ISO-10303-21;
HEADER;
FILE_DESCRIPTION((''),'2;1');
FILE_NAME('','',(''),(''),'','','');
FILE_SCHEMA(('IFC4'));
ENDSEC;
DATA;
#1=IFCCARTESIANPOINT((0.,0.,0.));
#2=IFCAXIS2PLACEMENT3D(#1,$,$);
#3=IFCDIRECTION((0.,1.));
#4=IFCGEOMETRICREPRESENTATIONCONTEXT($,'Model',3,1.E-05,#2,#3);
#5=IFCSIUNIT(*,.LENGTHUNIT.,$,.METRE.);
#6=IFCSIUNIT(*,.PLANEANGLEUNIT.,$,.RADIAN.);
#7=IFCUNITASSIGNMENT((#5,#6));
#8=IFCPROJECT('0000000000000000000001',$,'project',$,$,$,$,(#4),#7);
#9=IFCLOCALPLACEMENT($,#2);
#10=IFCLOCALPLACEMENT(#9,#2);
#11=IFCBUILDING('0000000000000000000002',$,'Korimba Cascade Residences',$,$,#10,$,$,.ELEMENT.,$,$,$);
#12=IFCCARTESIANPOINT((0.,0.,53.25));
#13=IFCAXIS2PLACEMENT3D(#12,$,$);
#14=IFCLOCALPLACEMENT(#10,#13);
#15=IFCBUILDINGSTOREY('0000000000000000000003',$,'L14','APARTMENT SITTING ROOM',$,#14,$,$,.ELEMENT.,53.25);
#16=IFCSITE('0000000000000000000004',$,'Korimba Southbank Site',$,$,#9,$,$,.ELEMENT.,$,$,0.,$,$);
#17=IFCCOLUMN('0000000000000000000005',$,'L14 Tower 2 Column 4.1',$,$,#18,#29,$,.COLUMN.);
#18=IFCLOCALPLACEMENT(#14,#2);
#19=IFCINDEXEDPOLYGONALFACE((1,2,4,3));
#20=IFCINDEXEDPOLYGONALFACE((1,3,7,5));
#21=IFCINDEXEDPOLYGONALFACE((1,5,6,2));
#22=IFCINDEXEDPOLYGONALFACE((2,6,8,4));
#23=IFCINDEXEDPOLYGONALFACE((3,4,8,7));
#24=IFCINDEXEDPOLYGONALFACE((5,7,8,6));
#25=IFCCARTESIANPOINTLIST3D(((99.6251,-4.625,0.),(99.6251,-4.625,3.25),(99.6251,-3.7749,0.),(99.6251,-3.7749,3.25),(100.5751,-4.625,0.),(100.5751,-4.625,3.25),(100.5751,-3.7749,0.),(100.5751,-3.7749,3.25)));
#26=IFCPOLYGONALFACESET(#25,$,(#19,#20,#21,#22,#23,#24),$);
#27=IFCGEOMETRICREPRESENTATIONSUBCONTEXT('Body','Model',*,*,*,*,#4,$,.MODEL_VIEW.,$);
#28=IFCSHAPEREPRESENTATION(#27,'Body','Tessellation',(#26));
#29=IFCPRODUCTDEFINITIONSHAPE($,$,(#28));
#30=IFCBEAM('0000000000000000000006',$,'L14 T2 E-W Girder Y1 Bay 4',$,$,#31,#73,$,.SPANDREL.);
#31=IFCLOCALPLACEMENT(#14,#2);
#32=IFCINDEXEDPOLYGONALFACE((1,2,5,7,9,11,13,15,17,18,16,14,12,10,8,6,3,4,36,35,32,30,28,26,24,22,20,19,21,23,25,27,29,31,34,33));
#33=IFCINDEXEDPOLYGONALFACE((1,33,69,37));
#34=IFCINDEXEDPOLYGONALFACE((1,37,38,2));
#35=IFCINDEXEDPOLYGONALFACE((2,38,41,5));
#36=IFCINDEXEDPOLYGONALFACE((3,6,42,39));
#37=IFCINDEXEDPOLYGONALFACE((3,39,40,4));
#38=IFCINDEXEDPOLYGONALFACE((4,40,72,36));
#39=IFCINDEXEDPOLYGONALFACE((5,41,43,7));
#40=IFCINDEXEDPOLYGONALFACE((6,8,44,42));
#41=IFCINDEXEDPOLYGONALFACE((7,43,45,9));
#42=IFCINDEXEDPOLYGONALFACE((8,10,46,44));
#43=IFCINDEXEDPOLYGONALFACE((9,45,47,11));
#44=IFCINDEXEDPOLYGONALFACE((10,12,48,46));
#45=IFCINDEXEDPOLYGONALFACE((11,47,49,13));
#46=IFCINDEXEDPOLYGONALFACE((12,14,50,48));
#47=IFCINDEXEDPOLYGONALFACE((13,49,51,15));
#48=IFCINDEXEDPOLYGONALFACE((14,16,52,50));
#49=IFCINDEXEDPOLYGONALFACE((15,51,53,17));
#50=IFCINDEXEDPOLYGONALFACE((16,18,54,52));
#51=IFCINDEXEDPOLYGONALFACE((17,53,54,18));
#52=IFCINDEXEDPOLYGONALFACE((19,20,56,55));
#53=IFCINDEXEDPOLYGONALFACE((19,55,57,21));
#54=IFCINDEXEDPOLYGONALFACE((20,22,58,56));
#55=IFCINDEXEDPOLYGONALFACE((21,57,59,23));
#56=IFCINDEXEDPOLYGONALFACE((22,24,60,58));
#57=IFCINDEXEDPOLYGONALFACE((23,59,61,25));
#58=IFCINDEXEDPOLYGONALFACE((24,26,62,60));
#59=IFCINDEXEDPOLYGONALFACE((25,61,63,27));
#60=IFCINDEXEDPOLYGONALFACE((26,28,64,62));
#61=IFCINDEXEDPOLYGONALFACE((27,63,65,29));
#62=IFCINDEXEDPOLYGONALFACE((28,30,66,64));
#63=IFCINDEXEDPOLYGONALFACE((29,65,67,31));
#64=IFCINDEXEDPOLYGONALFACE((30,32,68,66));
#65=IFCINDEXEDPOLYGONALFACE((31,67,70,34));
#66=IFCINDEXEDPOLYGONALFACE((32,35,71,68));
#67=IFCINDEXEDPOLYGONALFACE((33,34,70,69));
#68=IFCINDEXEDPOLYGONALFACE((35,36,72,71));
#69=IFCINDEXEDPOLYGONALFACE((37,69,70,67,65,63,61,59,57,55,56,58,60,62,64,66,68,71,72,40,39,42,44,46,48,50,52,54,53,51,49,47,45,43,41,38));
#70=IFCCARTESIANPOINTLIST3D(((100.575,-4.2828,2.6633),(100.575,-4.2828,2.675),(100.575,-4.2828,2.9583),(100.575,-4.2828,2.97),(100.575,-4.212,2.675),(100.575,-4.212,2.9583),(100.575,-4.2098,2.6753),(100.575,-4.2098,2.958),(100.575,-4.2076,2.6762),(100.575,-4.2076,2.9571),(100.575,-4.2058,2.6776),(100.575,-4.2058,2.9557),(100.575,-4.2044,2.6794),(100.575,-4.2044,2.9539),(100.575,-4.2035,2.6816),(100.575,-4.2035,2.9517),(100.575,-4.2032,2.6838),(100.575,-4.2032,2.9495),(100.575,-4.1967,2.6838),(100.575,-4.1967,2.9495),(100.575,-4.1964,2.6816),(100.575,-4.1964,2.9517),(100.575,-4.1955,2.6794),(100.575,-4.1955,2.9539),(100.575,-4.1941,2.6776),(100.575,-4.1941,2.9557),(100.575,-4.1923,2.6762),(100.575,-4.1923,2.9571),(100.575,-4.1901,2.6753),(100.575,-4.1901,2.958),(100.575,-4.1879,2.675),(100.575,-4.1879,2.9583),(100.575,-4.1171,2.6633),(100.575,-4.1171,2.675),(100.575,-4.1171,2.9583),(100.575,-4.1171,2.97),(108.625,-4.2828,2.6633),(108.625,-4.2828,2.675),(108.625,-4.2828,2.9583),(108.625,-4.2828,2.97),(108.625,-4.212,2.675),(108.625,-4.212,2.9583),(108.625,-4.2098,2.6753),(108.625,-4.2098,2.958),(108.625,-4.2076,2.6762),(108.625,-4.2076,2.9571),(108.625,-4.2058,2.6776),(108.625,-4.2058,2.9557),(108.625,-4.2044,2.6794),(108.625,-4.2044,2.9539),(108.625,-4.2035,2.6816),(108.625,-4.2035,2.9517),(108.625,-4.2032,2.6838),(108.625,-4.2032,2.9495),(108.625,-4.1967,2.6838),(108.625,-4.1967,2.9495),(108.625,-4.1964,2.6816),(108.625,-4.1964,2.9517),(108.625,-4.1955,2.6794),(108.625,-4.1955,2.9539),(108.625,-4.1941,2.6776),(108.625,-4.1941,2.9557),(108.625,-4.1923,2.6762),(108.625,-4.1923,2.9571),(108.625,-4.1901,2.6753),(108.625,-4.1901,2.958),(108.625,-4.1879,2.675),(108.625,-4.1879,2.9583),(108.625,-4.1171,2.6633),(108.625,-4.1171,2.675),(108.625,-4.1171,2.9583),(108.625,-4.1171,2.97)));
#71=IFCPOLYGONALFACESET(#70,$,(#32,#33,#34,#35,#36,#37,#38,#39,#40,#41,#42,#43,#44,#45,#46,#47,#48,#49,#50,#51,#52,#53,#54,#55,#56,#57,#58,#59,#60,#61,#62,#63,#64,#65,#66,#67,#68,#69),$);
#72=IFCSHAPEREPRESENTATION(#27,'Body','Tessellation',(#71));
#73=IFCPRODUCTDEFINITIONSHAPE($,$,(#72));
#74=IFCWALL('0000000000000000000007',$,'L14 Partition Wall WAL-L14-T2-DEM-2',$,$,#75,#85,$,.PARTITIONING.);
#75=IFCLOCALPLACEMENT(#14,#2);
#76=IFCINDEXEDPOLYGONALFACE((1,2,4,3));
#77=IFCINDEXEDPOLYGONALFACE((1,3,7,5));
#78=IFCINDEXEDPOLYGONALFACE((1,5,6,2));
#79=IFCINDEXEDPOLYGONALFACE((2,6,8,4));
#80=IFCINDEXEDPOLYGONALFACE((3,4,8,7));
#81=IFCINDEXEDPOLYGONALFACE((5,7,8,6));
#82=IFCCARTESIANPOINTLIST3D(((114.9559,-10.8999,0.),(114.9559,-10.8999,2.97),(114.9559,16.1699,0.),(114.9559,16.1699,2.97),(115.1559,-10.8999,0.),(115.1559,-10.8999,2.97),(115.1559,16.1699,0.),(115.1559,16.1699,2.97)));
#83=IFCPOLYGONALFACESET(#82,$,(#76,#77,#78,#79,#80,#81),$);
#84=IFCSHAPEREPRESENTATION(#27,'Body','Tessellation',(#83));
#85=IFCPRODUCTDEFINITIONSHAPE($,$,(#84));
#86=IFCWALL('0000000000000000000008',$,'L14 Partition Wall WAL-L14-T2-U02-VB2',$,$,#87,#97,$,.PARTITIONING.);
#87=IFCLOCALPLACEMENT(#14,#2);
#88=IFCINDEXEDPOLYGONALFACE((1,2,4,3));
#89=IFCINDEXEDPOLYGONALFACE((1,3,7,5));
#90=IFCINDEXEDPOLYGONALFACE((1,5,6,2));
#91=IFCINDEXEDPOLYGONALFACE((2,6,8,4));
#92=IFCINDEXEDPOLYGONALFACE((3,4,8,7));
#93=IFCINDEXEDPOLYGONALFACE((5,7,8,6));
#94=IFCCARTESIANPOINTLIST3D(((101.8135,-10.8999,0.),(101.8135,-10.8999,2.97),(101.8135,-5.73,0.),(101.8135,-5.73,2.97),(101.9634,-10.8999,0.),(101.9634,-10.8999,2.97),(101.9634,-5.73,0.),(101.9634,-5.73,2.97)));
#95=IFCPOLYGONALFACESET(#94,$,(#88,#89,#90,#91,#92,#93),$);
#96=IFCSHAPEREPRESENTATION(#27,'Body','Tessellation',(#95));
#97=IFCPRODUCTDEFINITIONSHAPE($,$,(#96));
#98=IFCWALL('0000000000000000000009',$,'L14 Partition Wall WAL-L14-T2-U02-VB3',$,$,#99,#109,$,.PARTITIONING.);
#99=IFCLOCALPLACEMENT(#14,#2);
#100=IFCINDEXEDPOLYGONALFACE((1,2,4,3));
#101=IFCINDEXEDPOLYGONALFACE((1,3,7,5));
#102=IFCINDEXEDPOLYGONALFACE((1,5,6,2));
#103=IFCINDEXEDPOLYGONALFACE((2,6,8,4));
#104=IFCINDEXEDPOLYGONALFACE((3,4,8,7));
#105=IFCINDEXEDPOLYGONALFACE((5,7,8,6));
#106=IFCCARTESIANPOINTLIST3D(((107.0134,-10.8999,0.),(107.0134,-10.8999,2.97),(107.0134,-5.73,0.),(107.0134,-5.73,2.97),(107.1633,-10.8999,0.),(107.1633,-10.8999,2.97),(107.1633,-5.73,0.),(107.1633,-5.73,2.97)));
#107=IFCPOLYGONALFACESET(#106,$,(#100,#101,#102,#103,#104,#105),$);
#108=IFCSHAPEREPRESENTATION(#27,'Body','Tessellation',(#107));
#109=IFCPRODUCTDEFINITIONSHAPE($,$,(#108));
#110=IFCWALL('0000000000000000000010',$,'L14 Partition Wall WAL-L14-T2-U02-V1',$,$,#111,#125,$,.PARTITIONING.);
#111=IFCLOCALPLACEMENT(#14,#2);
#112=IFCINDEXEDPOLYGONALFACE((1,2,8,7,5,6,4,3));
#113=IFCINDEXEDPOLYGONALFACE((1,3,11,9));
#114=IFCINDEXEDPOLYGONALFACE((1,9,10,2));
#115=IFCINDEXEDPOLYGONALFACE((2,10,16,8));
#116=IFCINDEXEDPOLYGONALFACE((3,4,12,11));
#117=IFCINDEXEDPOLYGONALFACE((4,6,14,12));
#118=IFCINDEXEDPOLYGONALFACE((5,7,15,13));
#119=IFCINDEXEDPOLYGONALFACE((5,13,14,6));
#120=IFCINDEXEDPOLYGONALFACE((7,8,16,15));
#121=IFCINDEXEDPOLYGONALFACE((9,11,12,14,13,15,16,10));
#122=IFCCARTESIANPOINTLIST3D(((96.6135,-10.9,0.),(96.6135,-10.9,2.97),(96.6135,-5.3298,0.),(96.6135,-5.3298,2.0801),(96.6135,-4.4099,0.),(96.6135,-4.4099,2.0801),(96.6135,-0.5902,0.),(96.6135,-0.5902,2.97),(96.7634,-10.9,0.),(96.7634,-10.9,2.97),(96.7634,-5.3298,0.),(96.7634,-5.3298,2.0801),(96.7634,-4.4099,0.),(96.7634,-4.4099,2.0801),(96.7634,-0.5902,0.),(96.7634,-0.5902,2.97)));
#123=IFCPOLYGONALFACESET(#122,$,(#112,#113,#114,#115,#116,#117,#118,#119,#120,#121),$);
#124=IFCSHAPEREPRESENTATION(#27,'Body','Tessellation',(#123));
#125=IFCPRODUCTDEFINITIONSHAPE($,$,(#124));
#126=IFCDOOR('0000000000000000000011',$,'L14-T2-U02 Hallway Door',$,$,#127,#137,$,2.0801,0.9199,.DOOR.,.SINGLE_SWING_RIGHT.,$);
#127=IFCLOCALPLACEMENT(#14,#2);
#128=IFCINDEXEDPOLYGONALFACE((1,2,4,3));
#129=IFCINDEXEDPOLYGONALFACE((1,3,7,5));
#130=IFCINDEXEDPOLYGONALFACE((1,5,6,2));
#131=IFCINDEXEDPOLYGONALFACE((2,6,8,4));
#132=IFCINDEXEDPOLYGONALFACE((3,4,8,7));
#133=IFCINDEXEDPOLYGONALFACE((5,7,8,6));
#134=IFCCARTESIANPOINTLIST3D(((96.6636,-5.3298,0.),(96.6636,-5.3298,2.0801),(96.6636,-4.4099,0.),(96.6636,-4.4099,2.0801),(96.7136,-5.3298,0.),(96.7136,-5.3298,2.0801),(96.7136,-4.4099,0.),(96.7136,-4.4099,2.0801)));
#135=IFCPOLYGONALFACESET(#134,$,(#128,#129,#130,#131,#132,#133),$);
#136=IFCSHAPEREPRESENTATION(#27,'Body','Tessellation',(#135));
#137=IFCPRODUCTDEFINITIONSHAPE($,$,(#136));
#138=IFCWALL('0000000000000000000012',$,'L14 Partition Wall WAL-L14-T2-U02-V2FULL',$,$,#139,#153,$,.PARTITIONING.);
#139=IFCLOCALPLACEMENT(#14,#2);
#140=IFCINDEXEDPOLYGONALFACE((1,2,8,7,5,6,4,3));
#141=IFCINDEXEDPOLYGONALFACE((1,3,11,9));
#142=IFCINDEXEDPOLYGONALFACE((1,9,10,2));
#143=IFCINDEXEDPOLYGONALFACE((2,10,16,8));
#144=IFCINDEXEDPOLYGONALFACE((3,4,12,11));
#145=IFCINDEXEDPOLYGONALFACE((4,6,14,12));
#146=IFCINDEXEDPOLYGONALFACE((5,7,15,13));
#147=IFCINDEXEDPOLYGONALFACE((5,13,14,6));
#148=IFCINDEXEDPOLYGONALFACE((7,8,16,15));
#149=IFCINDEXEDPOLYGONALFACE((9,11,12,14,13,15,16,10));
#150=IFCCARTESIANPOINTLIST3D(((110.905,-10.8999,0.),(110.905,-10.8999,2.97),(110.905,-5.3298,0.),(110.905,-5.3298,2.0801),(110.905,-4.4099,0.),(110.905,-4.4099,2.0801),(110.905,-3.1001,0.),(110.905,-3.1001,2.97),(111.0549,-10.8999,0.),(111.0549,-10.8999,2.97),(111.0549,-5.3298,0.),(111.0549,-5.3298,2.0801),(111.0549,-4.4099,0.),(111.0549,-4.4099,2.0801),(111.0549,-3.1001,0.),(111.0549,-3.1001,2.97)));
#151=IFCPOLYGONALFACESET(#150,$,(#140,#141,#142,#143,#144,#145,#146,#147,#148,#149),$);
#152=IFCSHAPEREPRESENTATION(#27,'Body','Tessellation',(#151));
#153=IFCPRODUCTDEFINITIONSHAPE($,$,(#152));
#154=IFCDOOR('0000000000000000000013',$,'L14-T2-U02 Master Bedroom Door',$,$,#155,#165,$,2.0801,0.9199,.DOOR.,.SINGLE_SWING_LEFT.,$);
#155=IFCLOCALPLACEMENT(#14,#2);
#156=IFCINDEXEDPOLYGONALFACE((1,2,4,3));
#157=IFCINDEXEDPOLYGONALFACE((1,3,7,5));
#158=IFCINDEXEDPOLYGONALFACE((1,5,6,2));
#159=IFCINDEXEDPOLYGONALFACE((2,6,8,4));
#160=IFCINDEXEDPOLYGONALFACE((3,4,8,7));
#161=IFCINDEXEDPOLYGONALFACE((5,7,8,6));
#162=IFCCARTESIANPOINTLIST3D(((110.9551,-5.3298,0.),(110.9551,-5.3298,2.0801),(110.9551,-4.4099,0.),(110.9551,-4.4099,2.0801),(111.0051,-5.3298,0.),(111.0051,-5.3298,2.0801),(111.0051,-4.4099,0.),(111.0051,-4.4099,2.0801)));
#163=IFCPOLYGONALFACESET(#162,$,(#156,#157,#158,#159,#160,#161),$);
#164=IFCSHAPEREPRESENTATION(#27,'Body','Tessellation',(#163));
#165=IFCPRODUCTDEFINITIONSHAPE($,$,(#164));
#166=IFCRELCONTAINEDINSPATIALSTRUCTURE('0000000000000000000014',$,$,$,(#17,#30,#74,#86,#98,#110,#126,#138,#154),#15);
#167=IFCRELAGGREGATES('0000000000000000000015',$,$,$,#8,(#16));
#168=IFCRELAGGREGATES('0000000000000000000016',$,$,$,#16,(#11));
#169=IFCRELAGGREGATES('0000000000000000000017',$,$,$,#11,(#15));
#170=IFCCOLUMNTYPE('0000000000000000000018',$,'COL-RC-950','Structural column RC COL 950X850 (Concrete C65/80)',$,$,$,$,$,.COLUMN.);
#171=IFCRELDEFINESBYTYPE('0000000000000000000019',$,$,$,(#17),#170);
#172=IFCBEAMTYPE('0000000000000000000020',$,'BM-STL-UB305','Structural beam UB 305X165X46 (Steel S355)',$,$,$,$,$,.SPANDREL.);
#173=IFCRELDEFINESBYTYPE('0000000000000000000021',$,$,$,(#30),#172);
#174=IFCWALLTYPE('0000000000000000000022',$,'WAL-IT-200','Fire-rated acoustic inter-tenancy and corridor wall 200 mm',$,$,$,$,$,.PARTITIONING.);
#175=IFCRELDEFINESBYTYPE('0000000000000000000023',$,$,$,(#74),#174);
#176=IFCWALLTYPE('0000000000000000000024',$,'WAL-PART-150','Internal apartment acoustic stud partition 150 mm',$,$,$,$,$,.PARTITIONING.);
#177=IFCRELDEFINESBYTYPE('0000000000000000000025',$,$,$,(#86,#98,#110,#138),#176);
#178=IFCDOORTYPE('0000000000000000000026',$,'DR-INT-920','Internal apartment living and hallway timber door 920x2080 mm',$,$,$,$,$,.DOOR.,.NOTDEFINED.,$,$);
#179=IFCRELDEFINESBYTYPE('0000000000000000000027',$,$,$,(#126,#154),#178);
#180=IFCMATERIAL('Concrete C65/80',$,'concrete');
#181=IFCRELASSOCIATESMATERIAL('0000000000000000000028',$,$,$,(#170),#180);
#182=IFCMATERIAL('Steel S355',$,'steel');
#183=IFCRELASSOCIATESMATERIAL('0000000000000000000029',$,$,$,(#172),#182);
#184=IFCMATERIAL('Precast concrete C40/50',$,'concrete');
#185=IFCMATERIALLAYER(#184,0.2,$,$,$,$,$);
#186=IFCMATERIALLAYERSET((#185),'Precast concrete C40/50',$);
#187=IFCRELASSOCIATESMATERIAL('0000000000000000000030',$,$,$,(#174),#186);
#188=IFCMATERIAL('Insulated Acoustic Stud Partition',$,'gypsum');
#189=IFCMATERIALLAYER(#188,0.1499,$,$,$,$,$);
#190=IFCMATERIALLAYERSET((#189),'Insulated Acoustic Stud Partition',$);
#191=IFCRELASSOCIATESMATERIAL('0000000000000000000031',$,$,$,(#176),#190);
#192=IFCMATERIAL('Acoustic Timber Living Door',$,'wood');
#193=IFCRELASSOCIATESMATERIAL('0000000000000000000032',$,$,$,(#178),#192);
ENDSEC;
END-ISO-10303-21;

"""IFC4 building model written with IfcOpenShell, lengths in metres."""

from ifc_helpers import new_model, si_unit, direction, frame, frame_2d, origin, origin_2d, place, context, subcontext, project, spatial, rectangle, i_section, extrude, material, layer, layer_set, material_profile, profile_set, type_object, element, fill, save


model = new_model("IFC4")

# Units and contexts
model_context = context("Model", 3, precision=1e-05, world=origin(), true_north=direction((0.0, 1.0)))
body_context = subcontext(model_context, "Body", "Model", "MODEL_VIEW")
ifc_project = project(units=[si_unit("LENGTHUNIT", "METRE"), si_unit("PLANEANGLEUNIT", "RADIAN")], contexts=[model_context])

# Site, building, storey
site_placement = place(None, origin())
site = spatial("IfcSite", under=ifc_project, at=site_placement, Name="Korimba Southbank Site", CompositionType="ELEMENT", RefElevation=0.0)
building_placement = place(site_placement, origin())
building = spatial("IfcBuilding", under=site, at=building_placement, Name="Korimba Cascade Residences", CompositionType="ELEMENT")
storey_placement = place(building_placement, frame((0.0, 0.0, 53.25)))
storey = spatial("IfcBuildingStorey", under=building, at=storey_placement, Name="L14", Description="APARTMENT SITTING ROOM", CompositionType="ELEMENT", Elevation=53.25)

# Column
ifc_material_1 = material(Name="Concrete C65/80", Category="concrete")
ifc_material_profile_1 = material_profile(ifc_material_1, rectangle(XDim=0.95, YDim=0.8501, at=origin_2d()), Name="Concrete C65/80")
ifc_profile_set_1 = profile_set([ifc_material_profile_1], Name="Concrete C65/80")
column_type = type_object("IfcColumnType", Name="COL-RC-950", Description="Structural column RC COL 950X850 (Concrete C65/80)", PredefinedType="COLUMN", material=ifc_profile_set_1)
column_placement = place(storey_placement, frame((100.1001, -4.2, 0.0), z_axis=(0.0, 0.0, 1.0), x_axis=(1.0, 0.0, 0.0)))
element("IfcColumn", 1, at=column_placement, inside=storey, type_object=column_type, Name="L14 Tower 2 Column 4.1", PredefinedType="COLUMN", context=body_context, shape_type="SweptSolid", body=[
    extrude(rectangle(XDim=0.95, YDim=0.8501, at=origin_2d()), origin(), (0.0, 0.0, 1.0), 3.25),
])

# Beam
ifc_material_2 = material(Name="Steel S355", Category="steel")
ifc_material_profile_2 = material_profile(ifc_material_2, i_section(OverallWidth=0.1658, OverallDepth=0.3066, WebThickness=0.0066, FlangeThickness=0.0117, FilletRadius=0.0088, at=origin_2d()), Name="Steel S355")
ifc_profile_set_2 = profile_set([ifc_material_profile_2], Name="Steel S355")
beam_type = type_object("IfcBeamType", Name="BM-STL-UB305", Description="Structural beam UB 305X165X46 (Steel S355)", PredefinedType="SPANDREL", material=ifc_profile_set_2)
beam_placement = place(storey_placement, frame((100.575, -4.2, 2.8167), z_axis=(1.0, 0.0, 0.0), x_axis=(0.0, 1.0, 0.0)))
element("IfcBeam", 2, at=beam_placement, inside=storey, type_object=beam_type, Name="L14 T2 E-W Girder Y1 Bay 4", PredefinedType="SPANDREL", context=body_context, shape_type="SweptSolid", body=[
    extrude(i_section(OverallWidth=0.1658, OverallDepth=0.3066, WebThickness=0.0066, FlangeThickness=0.0117, FilletRadius=0.0088, at=origin_2d()), origin(), (0.0, 0.0, 1.0), 8.05),
])

# Walls
ifc_material_3 = material(Name="Precast concrete C40/50", Category="concrete")
ifc_layer_1 = layer(ifc_material_3, 0.2)
ifc_layer_set_1 = layer_set([ifc_layer_1], Name="Precast concrete C40/50")
wall_type_1 = type_object("IfcWallType", Name="WAL-IT-200", Description="Fire-rated acoustic inter-tenancy and corridor wall 200 mm", PredefinedType="PARTITIONING", material=ifc_layer_set_1)
wall_1_placement = place(storey_placement, frame((115.0559, -10.8999, 0.0), z_axis=(0.0, 0.0, 1.0), x_axis=(0.0, 1.0, 0.0)))
element("IfcWall", 3, at=wall_1_placement, inside=storey, type_object=wall_type_1, Name="L14 Partition Wall WAL-L14-T2-DEM-2", PredefinedType="PARTITIONING", context=body_context, shape_type="SweptSolid", body=[
    extrude(rectangle(XDim=27.0698, YDim=0.2, at=frame_2d((13.5349, 0.0))), origin(), (0.0, 0.0, 1.0), 2.97),
])
ifc_material_4 = material(Name="Insulated Acoustic Stud Partition", Category="gypsum")
ifc_layer_2 = layer(ifc_material_4, 0.1499)
ifc_layer_set_2 = layer_set([ifc_layer_2], Name="Insulated Acoustic Stud Partition")
wall_type_2 = type_object("IfcWallType", Name="WAL-PART-150", Description="Internal apartment acoustic stud partition 150 mm", PredefinedType="PARTITIONING", material=ifc_layer_set_2)
for number, where, z_axis, x_axis, name in (
    (4, (101.8884, -10.8999, 0.0), (0.0, 0.0, 1.0), (0.0, 1.0, 0.0), "L14 Partition Wall WAL-L14-T2-U02-VB2"),
    (5, (107.0884, -10.8999, 0.0), (0.0, 0.0, 1.0), (0.0, 1.0, 0.0), "L14 Partition Wall WAL-L14-T2-U02-VB3"),
):
    element("IfcWall", number, at=place(storey_placement, frame(where, z_axis=z_axis, x_axis=x_axis)), inside=storey, type_object=wall_type_2, Name=name, PredefinedType="PARTITIONING", context=body_context, shape_type="SweptSolid", body=[
        extrude(rectangle(XDim=5.1699, YDim=0.1499, at=frame_2d((2.585, 0.0))), origin(), (0.0, 0.0, 1.0), 2.97),
    ])

# Walls, openings, doors
wall_2_placement = place(storey_placement, frame((96.6885, -10.8999, 0.0), z_axis=(0.0, 0.0, 1.0), x_axis=(0.0, 1.0, 0.0)))
wall_2 = element("IfcWall", 6, at=wall_2_placement, inside=storey, type_object=wall_type_2, Name="L14 Partition Wall WAL-L14-T2-U02-V1", PredefinedType="PARTITIONING", context=body_context, shape_type="SweptSolid", body=[
    extrude(rectangle(XDim=10.3098, YDim=0.1499, at=frame_2d((5.1548, 0.0))), origin(), (0.0, 0.0, 1.0), 2.97),
])
opening_1_placement = place(wall_2_placement, frame((5.5701, 0.0, 0.0)))
opening_1 = element("IfcOpeningElement", 7, at=opening_1_placement, cuts=wall_2, PredefinedType="OPENING", context=body_context, shape_type="SweptSolid", body=[
    extrude(rectangle(XDim=0.9199, YDim=2.0801, at=frame_2d((0.46, 1.04))), frame((0.0, 0.085, 0.0), z_axis=(0.0, -1.0, 0.0), x_axis=(1.0, 0.0, 0.0)), (0.0, 0.0, 1.0), 0.1699),
])
ifc_material_5 = material(Name="Acoustic Timber Living Door", Category="wood")
door_type_1 = type_object("IfcDoorType", Name="DR-INT-920", Description="Internal apartment living and hallway timber door 920x2080 mm", OperationType="NOTDEFINED", PredefinedType="DOOR", material=ifc_material_5)
door_1_placement = place(opening_1_placement, origin())
door_1 = element("IfcDoor", 8, at=door_1_placement, inside=storey, type_object=door_type_1, Name="L14-T2-U02 Hallway Door", OperationType="SINGLE_SWING_RIGHT", OverallHeight=2.0801, OverallWidth=0.9199, PredefinedType="DOOR", context=body_context, shape_type="SweptSolid", body=[
    extrude(rectangle(XDim=0.9199, YDim=2.0801, at=frame_2d((0.46, 1.04))), frame((0.0, 0.0249, 0.0), z_axis=(0.0, -1.0, 0.0), x_axis=(1.0, 0.0, 0.0)), (0.0, 0.0, 1.0), 0.05),
])
fill(opening_1, door_1)
wall_3_placement = place(storey_placement, frame((110.98, -10.8999, 0.0), z_axis=(0.0, 0.0, 1.0), x_axis=(0.0, 1.0, 0.0)))
wall_3 = element("IfcWall", 9, at=wall_3_placement, inside=storey, type_object=wall_type_2, Name="L14 Partition Wall WAL-L14-T2-U02-V2FULL", PredefinedType="PARTITIONING", context=body_context, shape_type="SweptSolid", body=[
    extrude(rectangle(XDim=7.7998, YDim=0.1499, at=frame_2d((3.8999, 0.0))), origin(), (0.0, 0.0, 1.0), 2.97),
])
opening_2_placement = place(wall_3_placement, frame((5.5701, 0.0, 0.0)))
opening_2 = element("IfcOpeningElement", 10, at=opening_2_placement, cuts=wall_3, PredefinedType="OPENING", context=body_context, shape_type="SweptSolid", body=[
    extrude(rectangle(XDim=0.9199, YDim=2.0801, at=frame_2d((0.46, 1.04))), frame((0.0, 0.085, 0.0), z_axis=(0.0, -1.0, 0.0), x_axis=(1.0, 0.0, 0.0)), (0.0, 0.0, 1.0), 0.1699),
])
door_2_placement = place(opening_2_placement, origin())
door_2 = element("IfcDoor", 11, at=door_2_placement, inside=storey, type_object=door_type_1, Name="L14-T2-U02 Master Bedroom Door", OperationType="SINGLE_SWING_LEFT", OverallHeight=2.0801, OverallWidth=0.9199, PredefinedType="DOOR", context=body_context, shape_type="SweptSolid", body=[
    extrude(rectangle(XDim=0.9199, YDim=2.0801, at=frame_2d((0.46, 1.04))), frame((0.0, 0.0249, 0.0), z_axis=(0.0, -1.0, 0.0), x_axis=(1.0, 0.0, 0.0)), (0.0, 0.0, 1.0), 0.05),
])
fill(opening_2, door_2)

save(model, "model.ifc")
